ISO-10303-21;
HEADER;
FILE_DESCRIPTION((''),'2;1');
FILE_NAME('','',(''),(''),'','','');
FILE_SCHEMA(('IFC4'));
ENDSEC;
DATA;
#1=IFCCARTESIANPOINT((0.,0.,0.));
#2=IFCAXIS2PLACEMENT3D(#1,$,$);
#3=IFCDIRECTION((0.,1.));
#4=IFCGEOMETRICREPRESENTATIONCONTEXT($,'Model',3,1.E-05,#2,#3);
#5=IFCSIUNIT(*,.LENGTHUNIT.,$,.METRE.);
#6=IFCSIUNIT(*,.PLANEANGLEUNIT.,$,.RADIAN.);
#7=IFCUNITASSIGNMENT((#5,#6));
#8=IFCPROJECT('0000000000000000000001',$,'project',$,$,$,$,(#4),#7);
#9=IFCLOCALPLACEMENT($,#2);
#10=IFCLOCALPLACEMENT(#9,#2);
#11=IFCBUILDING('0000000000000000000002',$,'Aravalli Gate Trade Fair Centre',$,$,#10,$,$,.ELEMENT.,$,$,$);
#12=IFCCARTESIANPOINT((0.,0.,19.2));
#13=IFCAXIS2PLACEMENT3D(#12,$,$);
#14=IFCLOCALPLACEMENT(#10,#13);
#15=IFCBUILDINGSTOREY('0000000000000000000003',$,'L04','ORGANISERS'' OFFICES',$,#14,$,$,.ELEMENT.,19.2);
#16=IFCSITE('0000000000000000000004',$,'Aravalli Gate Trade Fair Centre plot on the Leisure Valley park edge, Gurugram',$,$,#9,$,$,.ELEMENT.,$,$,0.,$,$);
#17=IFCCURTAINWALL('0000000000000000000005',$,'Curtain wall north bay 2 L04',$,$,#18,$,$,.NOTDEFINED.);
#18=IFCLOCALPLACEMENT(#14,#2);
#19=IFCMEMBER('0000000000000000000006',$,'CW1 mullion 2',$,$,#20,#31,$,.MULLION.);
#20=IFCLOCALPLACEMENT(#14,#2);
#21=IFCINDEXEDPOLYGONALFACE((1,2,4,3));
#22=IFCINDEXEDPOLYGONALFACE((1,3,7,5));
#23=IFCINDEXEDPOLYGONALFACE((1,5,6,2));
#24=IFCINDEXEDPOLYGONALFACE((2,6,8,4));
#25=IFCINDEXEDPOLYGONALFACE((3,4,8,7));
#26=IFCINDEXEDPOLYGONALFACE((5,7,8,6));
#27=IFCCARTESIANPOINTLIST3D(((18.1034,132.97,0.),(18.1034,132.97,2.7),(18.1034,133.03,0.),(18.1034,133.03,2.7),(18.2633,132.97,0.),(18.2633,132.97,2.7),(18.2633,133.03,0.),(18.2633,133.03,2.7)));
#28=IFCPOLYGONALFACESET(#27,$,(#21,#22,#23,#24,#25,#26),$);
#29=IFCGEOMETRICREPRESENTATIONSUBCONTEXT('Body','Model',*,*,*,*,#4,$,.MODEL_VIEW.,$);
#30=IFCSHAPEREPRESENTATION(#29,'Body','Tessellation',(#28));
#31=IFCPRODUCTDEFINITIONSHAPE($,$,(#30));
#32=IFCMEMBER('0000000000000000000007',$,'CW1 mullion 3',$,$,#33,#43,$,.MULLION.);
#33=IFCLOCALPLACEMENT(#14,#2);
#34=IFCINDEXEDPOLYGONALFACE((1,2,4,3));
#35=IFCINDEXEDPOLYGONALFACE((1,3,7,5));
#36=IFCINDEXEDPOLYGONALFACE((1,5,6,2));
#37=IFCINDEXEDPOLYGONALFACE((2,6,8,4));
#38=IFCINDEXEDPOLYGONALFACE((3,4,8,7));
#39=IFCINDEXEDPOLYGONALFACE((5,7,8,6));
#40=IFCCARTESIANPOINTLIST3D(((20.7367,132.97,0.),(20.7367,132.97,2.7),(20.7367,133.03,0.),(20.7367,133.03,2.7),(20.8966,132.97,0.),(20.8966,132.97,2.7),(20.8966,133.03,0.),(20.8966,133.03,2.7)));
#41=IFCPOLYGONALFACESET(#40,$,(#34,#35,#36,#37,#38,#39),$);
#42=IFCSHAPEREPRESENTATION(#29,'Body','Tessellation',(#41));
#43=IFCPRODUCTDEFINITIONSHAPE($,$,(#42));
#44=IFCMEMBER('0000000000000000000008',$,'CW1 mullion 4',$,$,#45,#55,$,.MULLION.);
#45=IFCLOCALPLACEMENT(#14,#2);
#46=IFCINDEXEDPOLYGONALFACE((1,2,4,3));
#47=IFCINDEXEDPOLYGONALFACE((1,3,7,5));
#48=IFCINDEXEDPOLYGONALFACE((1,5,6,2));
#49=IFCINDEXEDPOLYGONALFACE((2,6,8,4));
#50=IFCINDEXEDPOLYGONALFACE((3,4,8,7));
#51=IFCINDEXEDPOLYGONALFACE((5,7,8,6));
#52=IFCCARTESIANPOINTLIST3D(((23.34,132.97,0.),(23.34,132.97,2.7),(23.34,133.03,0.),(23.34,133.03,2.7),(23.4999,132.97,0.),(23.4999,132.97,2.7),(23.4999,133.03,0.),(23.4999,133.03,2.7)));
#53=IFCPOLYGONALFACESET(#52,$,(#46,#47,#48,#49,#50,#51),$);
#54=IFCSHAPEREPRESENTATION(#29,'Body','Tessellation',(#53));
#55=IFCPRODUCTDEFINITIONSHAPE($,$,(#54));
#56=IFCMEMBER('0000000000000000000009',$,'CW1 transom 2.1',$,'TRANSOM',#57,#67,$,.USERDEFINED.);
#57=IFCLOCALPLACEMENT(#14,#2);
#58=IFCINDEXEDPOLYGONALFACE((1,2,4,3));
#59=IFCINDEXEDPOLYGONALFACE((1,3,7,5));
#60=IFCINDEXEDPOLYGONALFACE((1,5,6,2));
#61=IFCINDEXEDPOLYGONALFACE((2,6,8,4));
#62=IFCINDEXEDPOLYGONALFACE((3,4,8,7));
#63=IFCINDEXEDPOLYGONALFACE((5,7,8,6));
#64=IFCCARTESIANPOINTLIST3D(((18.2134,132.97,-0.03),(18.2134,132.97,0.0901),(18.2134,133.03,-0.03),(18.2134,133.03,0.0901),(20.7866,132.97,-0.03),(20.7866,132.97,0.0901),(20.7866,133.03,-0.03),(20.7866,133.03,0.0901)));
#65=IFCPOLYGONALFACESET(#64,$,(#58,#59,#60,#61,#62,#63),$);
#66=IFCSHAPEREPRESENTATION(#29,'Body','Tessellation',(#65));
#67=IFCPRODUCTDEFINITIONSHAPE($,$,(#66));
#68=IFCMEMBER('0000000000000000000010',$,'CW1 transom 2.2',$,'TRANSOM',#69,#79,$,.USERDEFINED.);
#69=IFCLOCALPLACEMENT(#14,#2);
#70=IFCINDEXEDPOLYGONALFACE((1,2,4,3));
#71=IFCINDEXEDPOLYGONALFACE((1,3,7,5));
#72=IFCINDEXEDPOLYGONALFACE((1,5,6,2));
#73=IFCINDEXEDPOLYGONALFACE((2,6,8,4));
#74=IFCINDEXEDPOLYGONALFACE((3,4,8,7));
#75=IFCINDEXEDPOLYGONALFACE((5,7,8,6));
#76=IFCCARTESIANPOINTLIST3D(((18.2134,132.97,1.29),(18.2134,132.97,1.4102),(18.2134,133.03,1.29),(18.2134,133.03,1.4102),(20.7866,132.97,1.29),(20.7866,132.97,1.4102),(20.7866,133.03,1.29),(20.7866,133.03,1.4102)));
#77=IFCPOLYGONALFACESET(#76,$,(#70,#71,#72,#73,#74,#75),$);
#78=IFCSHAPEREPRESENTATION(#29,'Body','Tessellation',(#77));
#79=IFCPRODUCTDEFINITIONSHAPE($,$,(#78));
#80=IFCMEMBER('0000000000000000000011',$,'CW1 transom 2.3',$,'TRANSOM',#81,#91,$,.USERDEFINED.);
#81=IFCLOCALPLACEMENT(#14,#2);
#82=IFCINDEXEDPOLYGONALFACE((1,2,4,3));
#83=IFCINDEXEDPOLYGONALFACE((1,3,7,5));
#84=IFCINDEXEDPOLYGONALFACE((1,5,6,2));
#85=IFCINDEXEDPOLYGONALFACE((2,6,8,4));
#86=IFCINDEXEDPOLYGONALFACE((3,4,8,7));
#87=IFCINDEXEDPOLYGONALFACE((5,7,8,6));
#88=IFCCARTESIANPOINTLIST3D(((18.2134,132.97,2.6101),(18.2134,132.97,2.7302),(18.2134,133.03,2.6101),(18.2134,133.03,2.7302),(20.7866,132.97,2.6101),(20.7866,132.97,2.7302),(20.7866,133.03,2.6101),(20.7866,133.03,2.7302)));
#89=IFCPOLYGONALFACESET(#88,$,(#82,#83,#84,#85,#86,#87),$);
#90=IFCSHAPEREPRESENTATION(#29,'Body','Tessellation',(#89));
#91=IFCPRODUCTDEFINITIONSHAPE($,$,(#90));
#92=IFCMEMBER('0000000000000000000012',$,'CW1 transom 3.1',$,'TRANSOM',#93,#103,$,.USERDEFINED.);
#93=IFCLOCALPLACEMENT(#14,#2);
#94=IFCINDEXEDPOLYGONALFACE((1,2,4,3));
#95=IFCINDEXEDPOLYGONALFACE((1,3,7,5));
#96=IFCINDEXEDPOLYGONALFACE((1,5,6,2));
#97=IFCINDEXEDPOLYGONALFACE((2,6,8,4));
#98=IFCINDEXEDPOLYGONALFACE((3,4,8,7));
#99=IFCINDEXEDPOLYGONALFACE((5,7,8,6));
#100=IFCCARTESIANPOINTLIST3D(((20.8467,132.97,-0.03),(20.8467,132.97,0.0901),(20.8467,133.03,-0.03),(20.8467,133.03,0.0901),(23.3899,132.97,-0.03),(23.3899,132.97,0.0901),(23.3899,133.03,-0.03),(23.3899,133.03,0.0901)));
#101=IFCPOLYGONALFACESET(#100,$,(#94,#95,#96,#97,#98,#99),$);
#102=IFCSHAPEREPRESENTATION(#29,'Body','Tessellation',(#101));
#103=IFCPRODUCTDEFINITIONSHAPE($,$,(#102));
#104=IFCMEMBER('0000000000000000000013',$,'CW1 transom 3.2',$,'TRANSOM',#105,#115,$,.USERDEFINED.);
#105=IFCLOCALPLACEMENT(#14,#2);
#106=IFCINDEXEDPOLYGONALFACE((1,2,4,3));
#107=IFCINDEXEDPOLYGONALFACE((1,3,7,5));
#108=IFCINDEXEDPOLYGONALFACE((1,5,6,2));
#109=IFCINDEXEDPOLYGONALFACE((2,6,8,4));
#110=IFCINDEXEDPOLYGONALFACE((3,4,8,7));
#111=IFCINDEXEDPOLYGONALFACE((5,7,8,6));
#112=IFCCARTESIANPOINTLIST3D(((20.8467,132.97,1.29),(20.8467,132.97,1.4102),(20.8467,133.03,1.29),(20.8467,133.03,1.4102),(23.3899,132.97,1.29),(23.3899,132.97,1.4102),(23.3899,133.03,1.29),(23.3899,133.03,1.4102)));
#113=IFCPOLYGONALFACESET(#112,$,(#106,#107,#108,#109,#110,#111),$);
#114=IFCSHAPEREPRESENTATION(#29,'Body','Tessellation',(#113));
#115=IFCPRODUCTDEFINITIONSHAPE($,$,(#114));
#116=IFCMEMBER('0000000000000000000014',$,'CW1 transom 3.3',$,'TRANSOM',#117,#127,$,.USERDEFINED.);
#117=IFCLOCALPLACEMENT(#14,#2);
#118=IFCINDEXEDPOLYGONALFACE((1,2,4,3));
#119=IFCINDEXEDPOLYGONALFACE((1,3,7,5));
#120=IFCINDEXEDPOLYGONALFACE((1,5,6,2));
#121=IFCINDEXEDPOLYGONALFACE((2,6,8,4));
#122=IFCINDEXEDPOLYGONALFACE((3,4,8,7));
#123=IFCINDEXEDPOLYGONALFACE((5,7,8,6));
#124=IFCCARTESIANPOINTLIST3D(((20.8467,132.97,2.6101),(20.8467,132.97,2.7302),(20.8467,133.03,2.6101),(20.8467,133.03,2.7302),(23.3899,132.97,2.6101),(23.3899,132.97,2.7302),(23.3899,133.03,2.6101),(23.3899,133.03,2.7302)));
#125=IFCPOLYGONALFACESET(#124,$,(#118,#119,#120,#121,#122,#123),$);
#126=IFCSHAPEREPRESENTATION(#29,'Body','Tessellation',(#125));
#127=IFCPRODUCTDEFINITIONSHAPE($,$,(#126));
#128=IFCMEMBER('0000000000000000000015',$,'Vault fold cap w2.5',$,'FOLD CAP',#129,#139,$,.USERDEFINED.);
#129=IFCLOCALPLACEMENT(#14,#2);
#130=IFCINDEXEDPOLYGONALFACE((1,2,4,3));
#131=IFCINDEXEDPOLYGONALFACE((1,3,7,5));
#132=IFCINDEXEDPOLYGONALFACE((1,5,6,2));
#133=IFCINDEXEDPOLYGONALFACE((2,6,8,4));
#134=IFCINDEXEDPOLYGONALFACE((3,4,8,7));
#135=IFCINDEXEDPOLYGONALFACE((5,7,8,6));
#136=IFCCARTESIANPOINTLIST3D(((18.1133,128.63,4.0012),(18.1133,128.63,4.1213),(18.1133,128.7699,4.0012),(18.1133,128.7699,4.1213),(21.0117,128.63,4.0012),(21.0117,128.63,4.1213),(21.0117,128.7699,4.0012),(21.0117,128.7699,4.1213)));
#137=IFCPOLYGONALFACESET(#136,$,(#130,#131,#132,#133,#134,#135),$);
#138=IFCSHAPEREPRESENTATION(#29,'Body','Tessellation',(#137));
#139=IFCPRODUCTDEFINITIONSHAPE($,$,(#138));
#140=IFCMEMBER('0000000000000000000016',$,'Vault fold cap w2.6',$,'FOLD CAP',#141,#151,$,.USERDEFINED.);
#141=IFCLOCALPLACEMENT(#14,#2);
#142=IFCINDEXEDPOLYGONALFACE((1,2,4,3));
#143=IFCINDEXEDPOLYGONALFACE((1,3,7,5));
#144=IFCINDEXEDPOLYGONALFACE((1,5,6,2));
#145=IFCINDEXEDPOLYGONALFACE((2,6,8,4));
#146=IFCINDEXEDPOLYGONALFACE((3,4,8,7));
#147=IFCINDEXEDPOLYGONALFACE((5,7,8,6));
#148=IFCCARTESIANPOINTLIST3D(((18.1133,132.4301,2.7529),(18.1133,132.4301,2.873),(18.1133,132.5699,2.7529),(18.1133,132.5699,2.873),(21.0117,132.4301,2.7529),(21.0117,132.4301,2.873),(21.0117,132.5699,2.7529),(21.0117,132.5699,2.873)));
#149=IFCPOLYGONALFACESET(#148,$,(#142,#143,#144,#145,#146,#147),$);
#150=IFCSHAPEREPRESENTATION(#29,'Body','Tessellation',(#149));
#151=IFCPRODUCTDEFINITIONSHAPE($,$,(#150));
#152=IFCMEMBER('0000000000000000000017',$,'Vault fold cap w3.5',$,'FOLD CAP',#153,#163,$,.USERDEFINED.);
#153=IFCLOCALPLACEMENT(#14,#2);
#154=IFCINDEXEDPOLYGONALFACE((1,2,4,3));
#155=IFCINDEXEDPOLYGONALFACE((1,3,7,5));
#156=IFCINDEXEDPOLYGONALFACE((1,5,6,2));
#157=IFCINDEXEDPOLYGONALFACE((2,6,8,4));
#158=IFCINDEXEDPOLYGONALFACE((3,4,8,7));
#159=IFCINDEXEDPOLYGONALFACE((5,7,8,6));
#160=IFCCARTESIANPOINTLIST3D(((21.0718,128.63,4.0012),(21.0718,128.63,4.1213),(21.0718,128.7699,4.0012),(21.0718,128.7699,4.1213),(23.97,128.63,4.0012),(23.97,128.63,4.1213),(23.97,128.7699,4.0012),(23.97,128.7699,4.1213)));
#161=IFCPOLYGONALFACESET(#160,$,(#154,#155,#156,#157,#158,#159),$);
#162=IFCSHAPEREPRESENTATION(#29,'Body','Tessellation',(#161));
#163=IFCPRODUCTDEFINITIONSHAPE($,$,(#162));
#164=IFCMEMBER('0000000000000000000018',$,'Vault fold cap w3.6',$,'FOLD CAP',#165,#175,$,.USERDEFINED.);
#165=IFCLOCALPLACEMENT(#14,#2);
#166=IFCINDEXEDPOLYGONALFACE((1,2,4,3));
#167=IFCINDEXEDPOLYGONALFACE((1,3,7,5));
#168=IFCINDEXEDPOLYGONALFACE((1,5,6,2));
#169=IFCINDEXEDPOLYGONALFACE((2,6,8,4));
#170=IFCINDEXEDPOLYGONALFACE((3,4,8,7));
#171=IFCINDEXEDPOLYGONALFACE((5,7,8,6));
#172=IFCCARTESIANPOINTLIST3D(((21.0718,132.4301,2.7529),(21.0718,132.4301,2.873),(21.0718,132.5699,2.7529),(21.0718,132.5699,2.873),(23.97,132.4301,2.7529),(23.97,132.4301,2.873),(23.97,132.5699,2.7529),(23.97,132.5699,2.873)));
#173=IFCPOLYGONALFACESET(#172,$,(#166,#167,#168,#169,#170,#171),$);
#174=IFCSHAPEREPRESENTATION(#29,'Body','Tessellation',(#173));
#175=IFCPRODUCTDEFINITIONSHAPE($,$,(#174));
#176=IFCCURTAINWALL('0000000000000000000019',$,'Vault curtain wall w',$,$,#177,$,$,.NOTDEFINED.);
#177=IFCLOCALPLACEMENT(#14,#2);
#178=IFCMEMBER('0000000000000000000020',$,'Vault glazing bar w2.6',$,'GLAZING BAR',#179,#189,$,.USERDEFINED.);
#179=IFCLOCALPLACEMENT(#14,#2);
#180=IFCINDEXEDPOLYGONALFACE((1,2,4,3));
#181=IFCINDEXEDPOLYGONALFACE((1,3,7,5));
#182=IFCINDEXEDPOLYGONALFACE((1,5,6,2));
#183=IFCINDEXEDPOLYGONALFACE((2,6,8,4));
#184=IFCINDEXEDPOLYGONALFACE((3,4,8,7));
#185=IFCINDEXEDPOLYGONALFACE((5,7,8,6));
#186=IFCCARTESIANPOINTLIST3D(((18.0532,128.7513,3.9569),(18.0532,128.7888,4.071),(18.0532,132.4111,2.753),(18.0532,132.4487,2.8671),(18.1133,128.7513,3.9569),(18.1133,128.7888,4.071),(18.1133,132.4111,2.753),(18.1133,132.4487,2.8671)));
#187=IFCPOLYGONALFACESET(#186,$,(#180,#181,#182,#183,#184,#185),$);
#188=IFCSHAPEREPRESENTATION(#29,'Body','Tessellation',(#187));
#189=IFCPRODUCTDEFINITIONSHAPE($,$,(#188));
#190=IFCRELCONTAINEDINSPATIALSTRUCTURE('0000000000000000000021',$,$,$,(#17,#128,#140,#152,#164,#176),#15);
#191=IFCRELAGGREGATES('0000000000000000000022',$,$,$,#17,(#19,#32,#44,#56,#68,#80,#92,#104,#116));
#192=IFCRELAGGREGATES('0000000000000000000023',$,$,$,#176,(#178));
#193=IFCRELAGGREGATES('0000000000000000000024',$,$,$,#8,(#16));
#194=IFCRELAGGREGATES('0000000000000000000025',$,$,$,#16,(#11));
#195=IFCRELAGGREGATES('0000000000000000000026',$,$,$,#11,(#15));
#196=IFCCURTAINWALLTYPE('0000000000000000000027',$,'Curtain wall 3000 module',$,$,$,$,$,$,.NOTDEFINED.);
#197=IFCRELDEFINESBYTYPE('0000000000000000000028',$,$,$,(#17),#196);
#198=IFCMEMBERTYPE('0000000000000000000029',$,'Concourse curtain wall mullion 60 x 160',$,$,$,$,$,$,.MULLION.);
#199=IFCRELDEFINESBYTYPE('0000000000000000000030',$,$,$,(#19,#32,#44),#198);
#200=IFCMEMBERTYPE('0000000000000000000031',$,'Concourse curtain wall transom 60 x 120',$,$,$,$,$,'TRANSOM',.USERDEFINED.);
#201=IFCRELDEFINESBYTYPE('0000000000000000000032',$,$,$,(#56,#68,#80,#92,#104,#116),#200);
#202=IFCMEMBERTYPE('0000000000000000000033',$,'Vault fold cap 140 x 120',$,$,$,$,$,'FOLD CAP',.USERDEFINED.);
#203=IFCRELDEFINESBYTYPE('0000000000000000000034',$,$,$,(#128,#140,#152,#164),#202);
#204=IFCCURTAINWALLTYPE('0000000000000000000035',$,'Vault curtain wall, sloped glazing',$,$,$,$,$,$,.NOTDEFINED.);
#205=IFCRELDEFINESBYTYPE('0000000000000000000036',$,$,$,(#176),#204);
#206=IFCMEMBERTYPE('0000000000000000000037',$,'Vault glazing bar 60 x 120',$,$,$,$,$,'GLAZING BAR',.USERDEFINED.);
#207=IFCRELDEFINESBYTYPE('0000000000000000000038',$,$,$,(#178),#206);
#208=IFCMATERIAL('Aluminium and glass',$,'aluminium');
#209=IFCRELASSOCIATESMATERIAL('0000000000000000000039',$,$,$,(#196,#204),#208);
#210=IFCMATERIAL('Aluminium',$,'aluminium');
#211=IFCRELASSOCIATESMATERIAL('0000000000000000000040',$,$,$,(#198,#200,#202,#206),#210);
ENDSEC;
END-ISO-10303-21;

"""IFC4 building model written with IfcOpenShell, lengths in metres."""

from ifc_helpers import new_model, si_unit, direction, frame, origin, origin_2d, place, context, subcontext, project, spatial, rectangle, extrude, material, material_profile, profile_set, type_object, element, aggregate, save


model = new_model("IFC4")

# Units and contexts
model_context = context("Model", 3, precision=1e-05, world=origin(), true_north=direction((0.0, 1.0)))
body_context = subcontext(model_context, "Body", "Model", "MODEL_VIEW")
ifc_project = project(units=[si_unit("LENGTHUNIT", "METRE"), si_unit("PLANEANGLEUNIT", "RADIAN")], contexts=[model_context])

# Site, building, storey
site_placement = place(None, origin())
site = spatial("IfcSite", under=ifc_project, at=site_placement, Name="Aravalli Gate Trade Fair Centre plot on the Leisure Valley park edge, Gurugram", CompositionType="ELEMENT", RefElevation=0.0)
building_placement = place(site_placement, origin())
building = spatial("IfcBuilding", under=site, at=building_placement, Name="Aravalli Gate Trade Fair Centre", CompositionType="ELEMENT")
storey_placement = place(building_placement, frame((0.0, 0.0, 19.2)))
storey = spatial("IfcBuildingStorey", under=building, at=storey_placement, Name="L04", Description="ORGANISERS' OFFICES", CompositionType="ELEMENT", Elevation=19.2)

# Curtain wall, members
ifc_material_1 = material(Name="Aluminium and glass", Category="aluminium")
curtain_wall_type_1 = type_object("IfcCurtainWallType", Name="Curtain wall 3000 module", PredefinedType="NOTDEFINED", material=ifc_material_1)
curtain_wall_1_placement = place(storey_placement, origin())
curtain_wall_1 = element("IfcCurtainWall", 1, at=curtain_wall_1_placement, inside=storey, type_object=curtain_wall_type_1, Name="Curtain wall north bay 2 L04", PredefinedType="NOTDEFINED")
ifc_material_2 = material(Name="Aluminium", Category="aluminium")
ifc_material_profile_1 = material_profile(ifc_material_2, rectangle(XDim=0.0601, YDim=0.1599, at=origin_2d()), Name="Concourse curtain wall mullion 60 x 160")
ifc_profile_set_1 = profile_set([ifc_material_profile_1], Name="Aluminium")
member_type_1 = type_object("IfcMemberType", Name="Concourse curtain wall mullion 60 x 160", PredefinedType="MULLION", material=ifc_profile_set_1)
member_1_placement = place(storey_placement, frame((18.1833, 133.0, 0.0), z_axis=(0.0, 0.0, 1.0), x_axis=(0.0, 1.0, 0.0)))
member_1 = element("IfcMember", 2, at=member_1_placement, type_object=member_type_1, Name="CW1 mullion 2", PredefinedType="MULLION", context=body_context, shape_type="SweptSolid", body=[
    extrude(rectangle(XDim=0.0601, YDim=0.1599, at=origin_2d()), origin(), (0.0, 0.0, 1.0), 2.7),
])
member_2_placement = place(storey_placement, frame((20.8167, 133.0, 0.0), z_axis=(0.0, 0.0, 1.0), x_axis=(0.0, 1.0, 0.0)))
member_2 = element("IfcMember", 3, at=member_2_placement, type_object=member_type_1, Name="CW1 mullion 3", PredefinedType="MULLION", context=body_context, shape_type="SweptSolid", body=[
    extrude(rectangle(XDim=0.0601, YDim=0.1599, at=origin_2d()), origin(), (0.0, 0.0, 1.0), 2.7),
])
member_3_placement = place(storey_placement, frame((23.4199, 133.0, 0.0), z_axis=(0.0, 0.0, 1.0), x_axis=(0.0, 1.0, 0.0)))
member_3 = element("IfcMember", 4, at=member_3_placement, type_object=member_type_1, Name="CW1 mullion 4", PredefinedType="MULLION", context=body_context, shape_type="SweptSolid", body=[
    extrude(rectangle(XDim=0.0601, YDim=0.1599, at=origin_2d()), origin(), (0.0, 0.0, 1.0), 2.7),
])
ifc_material_profile_2 = material_profile(ifc_material_2, rectangle(XDim=0.0601, YDim=0.1201, at=origin_2d()), Name="Concourse curtain wall transom 60 x 120")
ifc_profile_set_2 = profile_set([ifc_material_profile_2], Name="Aluminium")
member_type_2 = type_object("IfcMemberType", Name="Concourse curtain wall transom 60 x 120", ElementType="TRANSOM", PredefinedType="USERDEFINED", material=ifc_profile_set_2)
member_4_placement = place(storey_placement, frame((18.2134, 133.0, 0.03), z_axis=(1.0, 0.0, 0.0), x_axis=(0.0, 1.0, 0.0)))
member_4 = element("IfcMember", 5, at=member_4_placement, type_object=member_type_2, Name="CW1 transom 2.1", ObjectType="TRANSOM", PredefinedType="USERDEFINED", context=body_context, shape_type="SweptSolid", body=[
    extrude(rectangle(XDim=0.0601, YDim=0.1201, at=origin_2d()), origin(), (0.0, 0.0, 1.0), 2.5732),
])
member_5_placement = place(storey_placement, frame((18.2134, 133.0, 1.3501), z_axis=(1.0, 0.0, 0.0), x_axis=(0.0, 1.0, 0.0)))
member_5 = element("IfcMember", 6, at=member_5_placement, type_object=member_type_2, Name="CW1 transom 2.2", ObjectType="TRANSOM", PredefinedType="USERDEFINED", context=body_context, shape_type="SweptSolid", body=[
    extrude(rectangle(XDim=0.0601, YDim=0.1201, at=origin_2d()), origin(), (0.0, 0.0, 1.0), 2.5732),
])
member_6_placement = place(storey_placement, frame((18.2134, 133.0, 2.6702), z_axis=(1.0, 0.0, 0.0), x_axis=(0.0, 1.0, 0.0)))
member_6 = element("IfcMember", 7, at=member_6_placement, type_object=member_type_2, Name="CW1 transom 2.3", ObjectType="TRANSOM", PredefinedType="USERDEFINED", context=body_context, shape_type="SweptSolid", body=[
    extrude(rectangle(XDim=0.0601, YDim=0.1201, at=origin_2d()), origin(), (0.0, 0.0, 1.0), 2.5732),
])
member_7_placement = place(storey_placement, frame((20.8467, 133.0, 0.03), z_axis=(1.0, 0.0, 0.0), x_axis=(0.0, 1.0, 0.0)))
member_7 = element("IfcMember", 8, at=member_7_placement, type_object=member_type_2, Name="CW1 transom 3.1", ObjectType="TRANSOM", PredefinedType="USERDEFINED", context=body_context, shape_type="SweptSolid", body=[
    extrude(rectangle(XDim=0.0601, YDim=0.1201, at=origin_2d()), origin(), (0.0, 0.0, 1.0), 2.5432),
])
member_8_placement = place(storey_placement, frame((20.8467, 133.0, 1.3501), z_axis=(1.0, 0.0, 0.0), x_axis=(0.0, 1.0, 0.0)))
member_8 = element("IfcMember", 9, at=member_8_placement, type_object=member_type_2, Name="CW1 transom 3.2", ObjectType="TRANSOM", PredefinedType="USERDEFINED", context=body_context, shape_type="SweptSolid", body=[
    extrude(rectangle(XDim=0.0601, YDim=0.1201, at=origin_2d()), origin(), (0.0, 0.0, 1.0), 2.5432),
])
member_9_placement = place(storey_placement, frame((20.8467, 133.0, 2.6702), z_axis=(1.0, 0.0, 0.0), x_axis=(0.0, 1.0, 0.0)))
member_9 = element("IfcMember", 10, at=member_9_placement, type_object=member_type_2, Name="CW1 transom 3.3", ObjectType="TRANSOM", PredefinedType="USERDEFINED", context=body_context, shape_type="SweptSolid", body=[
    extrude(rectangle(XDim=0.0601, YDim=0.1201, at=origin_2d()), origin(), (0.0, 0.0, 1.0), 2.5432),
])

# Members
ifc_material_profile_3 = material_profile(ifc_material_2, rectangle(XDim=0.1399, YDim=0.1201, at=origin_2d()), Name="Vault fold cap 140 x 120")
ifc_profile_set_3 = profile_set([ifc_material_profile_3], Name="Aluminium")
member_type_3 = type_object("IfcMemberType", Name="Vault fold cap 140 x 120", ElementType="FOLD CAP", PredefinedType="USERDEFINED", material=ifc_profile_set_3)
for number, where, z_axis, x_axis, name in (
    (11, (18.1133, 128.7, 4.0613), (1.0, 0.0, 0.0), (0.0, 1.0, 0.0), "Vault fold cap w2.5"),
    (12, (18.1133, 132.5, 2.813), (1.0, 0.0, 0.0), (0.0, 1.0, 0.0), "Vault fold cap w2.6"),
):
    element("IfcMember", number, at=place(storey_placement, frame(where, z_axis=z_axis, x_axis=x_axis)), inside=storey, type_object=member_type_3, Name=name, ObjectType="FOLD CAP", PredefinedType="USERDEFINED", context=body_context, shape_type="SweptSolid", body=[
        extrude(rectangle(XDim=0.1399, YDim=0.1201, at=origin_2d()), origin(), (0.0, 0.0, 1.0), 2.8984),
    ])
for number, where, z_axis, x_axis, name in (
    (13, (21.0718, 128.7, 4.0613), (1.0, 0.0, 0.0), (0.0, 1.0, 0.0), "Vault fold cap w3.5"),
    (14, (21.0718, 132.5, 2.813), (1.0, 0.0, 0.0), (0.0, 1.0, 0.0), "Vault fold cap w3.6"),
):
    element("IfcMember", number, at=place(storey_placement, frame(where, z_axis=z_axis, x_axis=x_axis)), inside=storey, type_object=member_type_3, Name=name, ObjectType="FOLD CAP", PredefinedType="USERDEFINED", context=body_context, shape_type="SweptSolid", body=[
        extrude(rectangle(XDim=0.1399, YDim=0.1201, at=origin_2d()), origin(), (0.0, 0.0, 1.0), 2.8982),
    ])

# Curtain wall, member
curtain_wall_type_2 = type_object("IfcCurtainWallType", Name="Vault curtain wall, sloped glazing", PredefinedType="NOTDEFINED", material=ifc_material_1)
curtain_wall_2_placement = place(storey_placement, origin())
curtain_wall_2 = element("IfcCurtainWall", 15, at=curtain_wall_2_placement, inside=storey, type_object=curtain_wall_type_2, Name="Vault curtain wall w", PredefinedType="NOTDEFINED")
ifc_material_profile_4 = material_profile(ifc_material_2, rectangle(XDim=0.0601, YDim=0.1201, at=origin_2d()), Name="Vault glazing bar 60 x 120")
ifc_profile_set_4 = profile_set([ifc_material_profile_4], Name="Aluminium")
member_type_4 = type_object("IfcMemberType", Name="Vault glazing bar 60 x 120", ElementType="GLAZING BAR", PredefinedType="USERDEFINED", material=ifc_profile_set_4)
member_10_placement = place(storey_placement, frame((18.0833, 128.77, 4.0139), z_axis=(0.0, 0.94993, -0.312461), x_axis=(-1.0, 0.0, 0.0)))
member_10 = element("IfcMember", 16, at=member_10_placement, type_object=member_type_4, Name="Vault glazing bar w2.6", ObjectType="GLAZING BAR", PredefinedType="USERDEFINED", context=body_context, shape_type="SweptSolid", body=[
    extrude(rectangle(XDim=0.0601, YDim=0.1201, at=origin_2d()), origin(), (0.0, 0.0, 1.0), 3.8528),
])

aggregate(curtain_wall_1, [member_1, member_2, member_3, member_4, member_5, member_6, member_7, member_8, member_9])
aggregate(curtain_wall_2, [member_10])

save(model, "model.ifc")
